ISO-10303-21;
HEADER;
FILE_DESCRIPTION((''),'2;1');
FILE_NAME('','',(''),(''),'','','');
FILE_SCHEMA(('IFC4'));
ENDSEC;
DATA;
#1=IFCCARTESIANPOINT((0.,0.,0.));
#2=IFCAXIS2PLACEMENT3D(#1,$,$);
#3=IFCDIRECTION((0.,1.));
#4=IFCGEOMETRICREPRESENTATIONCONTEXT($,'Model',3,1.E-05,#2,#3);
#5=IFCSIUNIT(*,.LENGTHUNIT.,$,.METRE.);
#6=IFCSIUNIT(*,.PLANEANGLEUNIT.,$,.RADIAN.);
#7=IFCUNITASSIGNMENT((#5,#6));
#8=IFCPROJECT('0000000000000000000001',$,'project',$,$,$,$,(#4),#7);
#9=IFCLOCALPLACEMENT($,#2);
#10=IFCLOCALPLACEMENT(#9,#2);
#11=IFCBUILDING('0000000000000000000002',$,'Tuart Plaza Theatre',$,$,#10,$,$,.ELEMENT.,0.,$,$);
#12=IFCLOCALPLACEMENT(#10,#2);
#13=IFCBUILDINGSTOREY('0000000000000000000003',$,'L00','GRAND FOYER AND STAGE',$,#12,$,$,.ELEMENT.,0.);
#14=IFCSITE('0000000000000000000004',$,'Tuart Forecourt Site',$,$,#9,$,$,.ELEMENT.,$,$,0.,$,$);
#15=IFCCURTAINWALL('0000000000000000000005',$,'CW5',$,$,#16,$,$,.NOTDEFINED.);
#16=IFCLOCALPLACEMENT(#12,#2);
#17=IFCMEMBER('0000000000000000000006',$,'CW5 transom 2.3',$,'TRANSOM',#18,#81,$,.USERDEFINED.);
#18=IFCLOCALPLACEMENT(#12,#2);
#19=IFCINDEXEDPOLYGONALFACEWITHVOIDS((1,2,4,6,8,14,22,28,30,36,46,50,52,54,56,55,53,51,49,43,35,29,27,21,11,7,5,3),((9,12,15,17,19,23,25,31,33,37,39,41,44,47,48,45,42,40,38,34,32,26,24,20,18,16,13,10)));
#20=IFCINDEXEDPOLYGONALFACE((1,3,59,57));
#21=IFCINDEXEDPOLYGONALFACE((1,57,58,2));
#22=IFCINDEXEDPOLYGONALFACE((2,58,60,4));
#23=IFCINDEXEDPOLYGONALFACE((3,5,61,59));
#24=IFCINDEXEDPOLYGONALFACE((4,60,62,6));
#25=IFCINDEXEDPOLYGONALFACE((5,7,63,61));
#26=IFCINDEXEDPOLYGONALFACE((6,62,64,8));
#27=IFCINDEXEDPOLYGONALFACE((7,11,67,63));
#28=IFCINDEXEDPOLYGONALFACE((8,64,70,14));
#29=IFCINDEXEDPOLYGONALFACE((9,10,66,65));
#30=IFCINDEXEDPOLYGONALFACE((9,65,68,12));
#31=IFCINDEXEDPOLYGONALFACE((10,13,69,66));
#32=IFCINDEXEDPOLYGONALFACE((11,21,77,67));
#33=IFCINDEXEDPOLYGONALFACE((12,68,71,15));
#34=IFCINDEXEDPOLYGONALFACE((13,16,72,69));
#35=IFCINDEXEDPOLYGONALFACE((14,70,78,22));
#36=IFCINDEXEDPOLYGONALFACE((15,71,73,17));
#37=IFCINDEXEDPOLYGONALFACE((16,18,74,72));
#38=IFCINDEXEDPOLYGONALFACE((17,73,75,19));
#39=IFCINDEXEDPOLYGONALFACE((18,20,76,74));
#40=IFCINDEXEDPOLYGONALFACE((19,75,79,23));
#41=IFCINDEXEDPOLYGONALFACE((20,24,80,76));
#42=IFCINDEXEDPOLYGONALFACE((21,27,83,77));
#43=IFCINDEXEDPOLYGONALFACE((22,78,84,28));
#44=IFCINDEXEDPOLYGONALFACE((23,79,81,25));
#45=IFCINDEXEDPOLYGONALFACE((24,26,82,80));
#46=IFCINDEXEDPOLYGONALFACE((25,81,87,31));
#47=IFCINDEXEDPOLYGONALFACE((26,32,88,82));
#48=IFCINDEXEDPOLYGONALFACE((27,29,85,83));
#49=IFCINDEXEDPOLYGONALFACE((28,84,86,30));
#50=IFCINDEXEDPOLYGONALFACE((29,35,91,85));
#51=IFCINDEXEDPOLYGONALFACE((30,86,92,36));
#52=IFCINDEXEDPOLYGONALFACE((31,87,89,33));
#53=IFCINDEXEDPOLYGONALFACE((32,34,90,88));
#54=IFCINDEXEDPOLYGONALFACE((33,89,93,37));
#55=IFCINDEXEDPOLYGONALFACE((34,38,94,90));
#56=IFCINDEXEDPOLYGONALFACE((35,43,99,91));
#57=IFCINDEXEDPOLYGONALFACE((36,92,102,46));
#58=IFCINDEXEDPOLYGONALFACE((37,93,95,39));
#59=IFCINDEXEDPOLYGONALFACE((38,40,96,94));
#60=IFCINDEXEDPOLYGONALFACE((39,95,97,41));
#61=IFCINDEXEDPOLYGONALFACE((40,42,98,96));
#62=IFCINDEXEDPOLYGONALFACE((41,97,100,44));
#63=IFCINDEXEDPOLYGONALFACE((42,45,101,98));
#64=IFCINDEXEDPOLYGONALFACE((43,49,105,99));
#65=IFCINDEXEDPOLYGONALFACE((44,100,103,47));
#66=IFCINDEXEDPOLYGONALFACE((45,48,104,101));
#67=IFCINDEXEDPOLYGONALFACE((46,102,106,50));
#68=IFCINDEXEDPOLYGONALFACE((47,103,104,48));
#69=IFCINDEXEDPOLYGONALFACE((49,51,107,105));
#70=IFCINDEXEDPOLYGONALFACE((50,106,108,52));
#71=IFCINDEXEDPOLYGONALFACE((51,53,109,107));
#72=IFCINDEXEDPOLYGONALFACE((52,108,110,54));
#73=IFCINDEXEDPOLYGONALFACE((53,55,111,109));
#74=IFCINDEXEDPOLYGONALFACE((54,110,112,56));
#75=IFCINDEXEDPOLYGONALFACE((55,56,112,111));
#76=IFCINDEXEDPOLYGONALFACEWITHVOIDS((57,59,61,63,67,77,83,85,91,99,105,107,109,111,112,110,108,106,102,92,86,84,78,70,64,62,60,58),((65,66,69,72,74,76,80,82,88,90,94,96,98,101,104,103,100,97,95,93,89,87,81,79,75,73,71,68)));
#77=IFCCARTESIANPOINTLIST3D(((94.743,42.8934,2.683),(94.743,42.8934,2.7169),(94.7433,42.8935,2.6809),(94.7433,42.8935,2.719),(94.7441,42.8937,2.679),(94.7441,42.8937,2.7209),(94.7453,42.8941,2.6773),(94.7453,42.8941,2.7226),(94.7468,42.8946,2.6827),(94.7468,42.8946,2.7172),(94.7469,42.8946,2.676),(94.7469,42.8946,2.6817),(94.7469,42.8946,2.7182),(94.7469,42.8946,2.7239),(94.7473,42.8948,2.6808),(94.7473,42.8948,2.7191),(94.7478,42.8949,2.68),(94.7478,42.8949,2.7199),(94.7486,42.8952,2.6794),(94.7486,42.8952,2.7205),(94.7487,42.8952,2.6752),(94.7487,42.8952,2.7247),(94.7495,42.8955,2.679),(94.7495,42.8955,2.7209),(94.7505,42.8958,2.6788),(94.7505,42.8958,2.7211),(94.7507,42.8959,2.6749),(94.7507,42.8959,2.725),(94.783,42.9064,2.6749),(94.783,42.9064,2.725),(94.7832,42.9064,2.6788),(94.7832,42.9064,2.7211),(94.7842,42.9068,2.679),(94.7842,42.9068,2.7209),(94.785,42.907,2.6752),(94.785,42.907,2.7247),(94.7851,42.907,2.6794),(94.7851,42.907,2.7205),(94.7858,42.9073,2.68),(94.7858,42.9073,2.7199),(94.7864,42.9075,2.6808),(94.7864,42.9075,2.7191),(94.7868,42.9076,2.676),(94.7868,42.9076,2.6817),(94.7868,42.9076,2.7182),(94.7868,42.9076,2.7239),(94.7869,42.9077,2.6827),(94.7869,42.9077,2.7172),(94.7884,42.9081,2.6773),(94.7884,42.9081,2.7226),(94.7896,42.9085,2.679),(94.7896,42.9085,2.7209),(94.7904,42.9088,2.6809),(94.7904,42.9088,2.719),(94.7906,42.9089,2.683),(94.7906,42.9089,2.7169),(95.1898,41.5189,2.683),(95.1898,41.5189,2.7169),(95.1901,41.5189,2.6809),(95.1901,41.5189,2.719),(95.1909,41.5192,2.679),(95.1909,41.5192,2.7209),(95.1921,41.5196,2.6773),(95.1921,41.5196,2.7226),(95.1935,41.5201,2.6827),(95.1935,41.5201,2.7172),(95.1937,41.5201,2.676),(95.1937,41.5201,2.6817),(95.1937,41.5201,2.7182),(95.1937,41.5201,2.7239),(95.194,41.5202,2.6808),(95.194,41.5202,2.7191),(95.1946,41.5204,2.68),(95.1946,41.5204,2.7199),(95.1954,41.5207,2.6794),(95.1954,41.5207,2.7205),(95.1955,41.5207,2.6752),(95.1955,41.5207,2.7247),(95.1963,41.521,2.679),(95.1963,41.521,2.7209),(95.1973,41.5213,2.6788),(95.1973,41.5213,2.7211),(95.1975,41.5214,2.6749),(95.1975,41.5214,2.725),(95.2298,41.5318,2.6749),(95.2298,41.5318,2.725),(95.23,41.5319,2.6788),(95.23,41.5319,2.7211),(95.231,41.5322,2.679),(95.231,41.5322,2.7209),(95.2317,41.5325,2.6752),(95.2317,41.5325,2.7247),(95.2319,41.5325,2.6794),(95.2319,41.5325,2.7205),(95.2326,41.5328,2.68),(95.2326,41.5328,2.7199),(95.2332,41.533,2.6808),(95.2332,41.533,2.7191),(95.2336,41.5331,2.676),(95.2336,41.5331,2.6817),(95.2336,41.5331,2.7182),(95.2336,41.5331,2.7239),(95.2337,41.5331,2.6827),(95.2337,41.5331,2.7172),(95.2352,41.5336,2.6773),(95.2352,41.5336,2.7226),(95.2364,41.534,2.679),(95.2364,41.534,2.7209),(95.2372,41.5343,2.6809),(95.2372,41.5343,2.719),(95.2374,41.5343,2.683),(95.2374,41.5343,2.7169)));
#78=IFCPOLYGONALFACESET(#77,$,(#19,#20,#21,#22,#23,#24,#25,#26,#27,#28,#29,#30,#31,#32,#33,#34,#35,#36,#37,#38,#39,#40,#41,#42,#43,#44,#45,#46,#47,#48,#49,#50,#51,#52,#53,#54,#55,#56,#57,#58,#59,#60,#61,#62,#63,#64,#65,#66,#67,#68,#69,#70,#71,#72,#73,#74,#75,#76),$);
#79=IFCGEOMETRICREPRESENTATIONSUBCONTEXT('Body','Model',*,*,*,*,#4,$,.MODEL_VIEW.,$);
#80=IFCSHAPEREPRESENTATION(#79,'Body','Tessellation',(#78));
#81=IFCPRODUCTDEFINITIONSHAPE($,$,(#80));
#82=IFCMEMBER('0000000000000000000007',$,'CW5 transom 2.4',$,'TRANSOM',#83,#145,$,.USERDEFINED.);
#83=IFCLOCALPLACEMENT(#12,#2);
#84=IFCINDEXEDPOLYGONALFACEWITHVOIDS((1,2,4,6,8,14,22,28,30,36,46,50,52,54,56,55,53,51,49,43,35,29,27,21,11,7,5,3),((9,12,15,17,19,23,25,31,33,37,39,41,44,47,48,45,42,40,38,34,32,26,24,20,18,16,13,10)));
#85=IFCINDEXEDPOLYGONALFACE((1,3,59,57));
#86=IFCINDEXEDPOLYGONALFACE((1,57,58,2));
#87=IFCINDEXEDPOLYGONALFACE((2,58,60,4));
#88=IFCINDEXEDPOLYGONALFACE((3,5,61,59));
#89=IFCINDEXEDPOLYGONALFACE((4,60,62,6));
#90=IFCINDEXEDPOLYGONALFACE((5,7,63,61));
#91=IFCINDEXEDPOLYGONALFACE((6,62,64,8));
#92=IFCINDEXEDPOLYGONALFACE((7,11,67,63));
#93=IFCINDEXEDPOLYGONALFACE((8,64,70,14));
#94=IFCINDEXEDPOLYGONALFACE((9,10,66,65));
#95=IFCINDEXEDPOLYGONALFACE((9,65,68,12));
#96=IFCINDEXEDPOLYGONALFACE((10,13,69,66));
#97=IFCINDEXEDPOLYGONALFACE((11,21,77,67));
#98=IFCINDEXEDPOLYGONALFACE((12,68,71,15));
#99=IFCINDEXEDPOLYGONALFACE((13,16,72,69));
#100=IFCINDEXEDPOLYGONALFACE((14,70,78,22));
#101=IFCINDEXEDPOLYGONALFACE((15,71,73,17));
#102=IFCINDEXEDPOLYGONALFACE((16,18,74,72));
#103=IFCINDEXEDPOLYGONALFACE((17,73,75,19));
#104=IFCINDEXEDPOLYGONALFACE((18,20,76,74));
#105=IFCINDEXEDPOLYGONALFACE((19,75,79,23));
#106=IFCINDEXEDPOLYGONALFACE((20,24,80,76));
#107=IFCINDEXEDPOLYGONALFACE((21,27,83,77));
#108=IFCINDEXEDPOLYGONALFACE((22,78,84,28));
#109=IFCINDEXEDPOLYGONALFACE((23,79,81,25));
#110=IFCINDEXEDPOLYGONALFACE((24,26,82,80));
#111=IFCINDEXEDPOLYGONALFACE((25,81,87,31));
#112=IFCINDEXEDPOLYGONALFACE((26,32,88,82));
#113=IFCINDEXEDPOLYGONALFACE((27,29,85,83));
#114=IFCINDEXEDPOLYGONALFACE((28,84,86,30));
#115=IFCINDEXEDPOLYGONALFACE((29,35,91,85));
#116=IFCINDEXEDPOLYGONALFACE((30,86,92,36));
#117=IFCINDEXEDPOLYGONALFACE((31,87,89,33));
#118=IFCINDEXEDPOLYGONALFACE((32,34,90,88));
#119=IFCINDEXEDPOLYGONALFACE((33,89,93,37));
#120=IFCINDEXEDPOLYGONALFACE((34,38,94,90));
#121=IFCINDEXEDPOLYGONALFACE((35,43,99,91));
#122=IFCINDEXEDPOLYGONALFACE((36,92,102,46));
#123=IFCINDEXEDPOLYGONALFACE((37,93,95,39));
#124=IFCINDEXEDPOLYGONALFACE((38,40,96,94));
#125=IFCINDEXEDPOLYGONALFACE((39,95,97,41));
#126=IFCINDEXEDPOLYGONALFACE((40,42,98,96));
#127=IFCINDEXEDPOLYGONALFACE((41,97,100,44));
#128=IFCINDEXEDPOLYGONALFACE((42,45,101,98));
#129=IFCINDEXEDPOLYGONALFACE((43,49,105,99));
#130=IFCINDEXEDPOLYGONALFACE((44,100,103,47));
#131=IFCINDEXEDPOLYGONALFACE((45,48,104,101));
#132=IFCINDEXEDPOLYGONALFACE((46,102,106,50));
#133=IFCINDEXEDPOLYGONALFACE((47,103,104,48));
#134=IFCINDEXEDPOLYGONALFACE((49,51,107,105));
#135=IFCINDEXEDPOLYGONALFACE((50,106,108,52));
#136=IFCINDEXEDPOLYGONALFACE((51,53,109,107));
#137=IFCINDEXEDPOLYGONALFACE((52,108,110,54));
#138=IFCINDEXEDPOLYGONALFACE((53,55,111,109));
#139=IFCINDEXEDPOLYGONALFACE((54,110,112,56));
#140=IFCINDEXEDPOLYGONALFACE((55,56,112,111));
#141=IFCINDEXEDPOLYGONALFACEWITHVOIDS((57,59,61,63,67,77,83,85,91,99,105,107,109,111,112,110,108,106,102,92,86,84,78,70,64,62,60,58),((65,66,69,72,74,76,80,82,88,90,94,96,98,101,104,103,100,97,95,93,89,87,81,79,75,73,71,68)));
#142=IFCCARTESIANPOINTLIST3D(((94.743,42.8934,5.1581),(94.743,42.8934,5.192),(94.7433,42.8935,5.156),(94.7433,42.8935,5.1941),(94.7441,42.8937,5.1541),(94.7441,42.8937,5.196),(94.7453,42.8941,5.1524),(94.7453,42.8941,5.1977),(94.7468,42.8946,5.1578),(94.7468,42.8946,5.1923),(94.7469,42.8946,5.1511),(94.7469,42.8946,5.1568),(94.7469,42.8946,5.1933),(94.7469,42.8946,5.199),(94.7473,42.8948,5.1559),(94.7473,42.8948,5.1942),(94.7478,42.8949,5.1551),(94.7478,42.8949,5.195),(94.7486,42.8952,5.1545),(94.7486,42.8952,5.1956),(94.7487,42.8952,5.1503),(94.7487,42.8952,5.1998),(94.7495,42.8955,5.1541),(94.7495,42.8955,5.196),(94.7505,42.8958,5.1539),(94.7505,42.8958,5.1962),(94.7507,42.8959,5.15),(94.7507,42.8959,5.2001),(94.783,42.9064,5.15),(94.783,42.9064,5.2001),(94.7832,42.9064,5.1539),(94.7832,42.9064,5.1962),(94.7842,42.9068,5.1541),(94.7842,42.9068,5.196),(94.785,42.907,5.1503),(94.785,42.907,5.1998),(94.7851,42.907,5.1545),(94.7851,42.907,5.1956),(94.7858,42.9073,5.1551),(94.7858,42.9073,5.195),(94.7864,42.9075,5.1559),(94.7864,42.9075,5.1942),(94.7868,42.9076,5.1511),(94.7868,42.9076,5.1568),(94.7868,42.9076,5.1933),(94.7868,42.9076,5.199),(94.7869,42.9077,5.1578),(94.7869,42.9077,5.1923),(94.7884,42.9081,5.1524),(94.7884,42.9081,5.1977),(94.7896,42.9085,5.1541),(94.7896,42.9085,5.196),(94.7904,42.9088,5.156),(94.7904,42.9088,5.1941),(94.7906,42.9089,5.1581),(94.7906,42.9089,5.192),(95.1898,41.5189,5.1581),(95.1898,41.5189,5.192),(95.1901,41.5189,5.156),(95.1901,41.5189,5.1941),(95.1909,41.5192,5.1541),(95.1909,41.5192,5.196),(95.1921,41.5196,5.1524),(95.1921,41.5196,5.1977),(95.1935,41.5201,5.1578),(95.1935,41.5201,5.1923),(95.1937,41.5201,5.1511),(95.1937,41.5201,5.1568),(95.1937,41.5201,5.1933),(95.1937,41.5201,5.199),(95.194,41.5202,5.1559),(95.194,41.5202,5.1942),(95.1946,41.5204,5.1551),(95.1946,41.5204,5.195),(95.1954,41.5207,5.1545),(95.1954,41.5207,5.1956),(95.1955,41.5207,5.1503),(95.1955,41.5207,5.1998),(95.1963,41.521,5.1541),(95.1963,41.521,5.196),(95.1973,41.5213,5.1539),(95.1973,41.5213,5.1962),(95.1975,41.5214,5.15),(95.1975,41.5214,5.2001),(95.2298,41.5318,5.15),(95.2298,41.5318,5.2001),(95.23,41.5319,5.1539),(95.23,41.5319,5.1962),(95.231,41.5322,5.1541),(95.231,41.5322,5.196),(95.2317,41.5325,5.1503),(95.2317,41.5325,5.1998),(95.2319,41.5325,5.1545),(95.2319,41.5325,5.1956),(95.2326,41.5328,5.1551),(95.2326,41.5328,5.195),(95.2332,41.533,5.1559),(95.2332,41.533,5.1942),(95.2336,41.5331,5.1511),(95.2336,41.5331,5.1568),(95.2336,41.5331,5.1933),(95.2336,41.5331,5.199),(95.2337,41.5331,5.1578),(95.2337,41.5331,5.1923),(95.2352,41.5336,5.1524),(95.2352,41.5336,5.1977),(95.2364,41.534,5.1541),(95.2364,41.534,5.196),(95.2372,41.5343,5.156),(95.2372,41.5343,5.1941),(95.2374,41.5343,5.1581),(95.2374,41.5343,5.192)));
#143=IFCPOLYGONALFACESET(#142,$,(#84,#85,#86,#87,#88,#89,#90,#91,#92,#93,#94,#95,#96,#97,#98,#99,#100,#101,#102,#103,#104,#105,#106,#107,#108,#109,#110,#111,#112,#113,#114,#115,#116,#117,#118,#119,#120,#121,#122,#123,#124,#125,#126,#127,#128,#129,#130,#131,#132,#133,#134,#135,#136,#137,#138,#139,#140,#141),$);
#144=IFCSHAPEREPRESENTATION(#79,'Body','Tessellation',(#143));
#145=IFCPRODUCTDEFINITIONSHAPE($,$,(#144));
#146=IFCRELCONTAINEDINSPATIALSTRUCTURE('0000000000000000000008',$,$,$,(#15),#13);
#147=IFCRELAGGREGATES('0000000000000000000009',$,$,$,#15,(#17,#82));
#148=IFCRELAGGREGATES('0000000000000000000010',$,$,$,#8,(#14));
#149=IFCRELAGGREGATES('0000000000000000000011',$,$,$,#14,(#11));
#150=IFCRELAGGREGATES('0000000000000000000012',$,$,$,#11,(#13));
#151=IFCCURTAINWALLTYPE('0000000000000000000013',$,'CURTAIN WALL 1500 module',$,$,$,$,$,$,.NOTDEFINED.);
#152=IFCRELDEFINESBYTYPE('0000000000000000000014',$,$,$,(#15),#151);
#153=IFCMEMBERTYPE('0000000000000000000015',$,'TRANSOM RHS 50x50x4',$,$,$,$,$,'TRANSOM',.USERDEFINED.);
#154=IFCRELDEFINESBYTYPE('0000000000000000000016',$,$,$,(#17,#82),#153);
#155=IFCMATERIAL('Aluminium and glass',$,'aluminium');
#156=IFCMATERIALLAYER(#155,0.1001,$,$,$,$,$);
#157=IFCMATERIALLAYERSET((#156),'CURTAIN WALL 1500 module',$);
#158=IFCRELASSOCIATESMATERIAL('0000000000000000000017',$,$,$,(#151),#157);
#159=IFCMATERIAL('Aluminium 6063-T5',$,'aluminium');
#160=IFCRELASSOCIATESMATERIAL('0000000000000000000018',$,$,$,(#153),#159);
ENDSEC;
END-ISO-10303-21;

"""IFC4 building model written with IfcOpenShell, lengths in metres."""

from ifc_helpers import new_model, si_unit, direction, frame, origin, origin_2d, place, context, subcontext, project, spatial, hollow_rectangle, extrude, material, layer, layer_set, material_profile, profile_set, type_object, element, aggregate, save


model = new_model("IFC4")

# Units and contexts
model_context = context("Model", 3, precision=1e-05, world=origin(), true_north=direction((0.0, 1.0)))
body_context = subcontext(model_context, "Body", "Model", "MODEL_VIEW")
ifc_project = project(units=[si_unit("LENGTHUNIT", "METRE"), si_unit("PLANEANGLEUNIT", "RADIAN")], contexts=[model_context])

# Site, building, storey
site_placement = place(None, origin())
site = spatial("IfcSite", under=ifc_project, at=site_placement, Name="Tuart Forecourt Site", CompositionType="ELEMENT", RefElevation=0.0)
building_placement = place(site_placement, origin())
building = spatial("IfcBuilding", under=site, at=building_placement, Name="Tuart Plaza Theatre", CompositionType="ELEMENT", ElevationOfRefHeight=0.0)
storey_placement = place(building_placement, origin())
storey = spatial("IfcBuildingStorey", under=building, at=storey_placement, Name="L00", Description="GRAND FOYER AND STAGE", CompositionType="ELEMENT", Elevation=0.0)

# Curtain wall
ifc_material_1 = material(Name="Aluminium and glass", Category="aluminium")
ifc_layer_1 = layer(ifc_material_1, 0.1001)
ifc_layer_set_1 = layer_set([ifc_layer_1], Name="CURTAIN WALL 1500 module")
curtain_wall_type = type_object("IfcCurtainWallType", Name="CURTAIN WALL 1500 module", PredefinedType="NOTDEFINED", material=ifc_layer_set_1)
curtain_wall_1_placement = place(storey_placement, origin())
curtain_wall_1 = element("IfcCurtainWall", 1, at=curtain_wall_1_placement, inside=storey, type_object=curtain_wall_type, Name="CW5", PredefinedType="NOTDEFINED")

# Members
ifc_material_2 = material(Name="Aluminium 6063-T5", Category="aluminium")
ifc_material_profile_1 = material_profile(ifc_material_2, hollow_rectangle(XDim=0.05, YDim=0.05, WallThickness=0.0039, InnerFilletRadius=0.0039, OuterFilletRadius=0.0081, at=origin_2d()), Name="RHS 50x50x4")
ifc_profile_set_1 = profile_set([ifc_material_profile_1], Name="Aluminium 6063-T5")
member_type_1 = type_object("IfcMemberType", Name="TRANSOM RHS 50x50x4", ElementType="TRANSOM", PredefinedType="USERDEFINED", material=ifc_profile_set_1)
member_1_placement = place(storey_placement, frame((94.7668, 42.9011, 2.7), z_axis=(0.309124, -0.951022, 0.0), x_axis=(0.951022, 0.309124, 0.0)))
member_1 = element("IfcMember", 2, at=member_1_placement, type_object=member_type_1, Name="CW5 transom 2.3", ObjectType="TRANSOM", PredefinedType="USERDEFINED", context=body_context, shape_type="SweptSolid", body=[
    extrude(hollow_rectangle(XDim=0.05, YDim=0.05, WallThickness=0.0039, InnerFilletRadius=0.0039, OuterFilletRadius=0.0081, at=origin_2d()), origin(), (0.0, 0.0, 1.0), 1.4453),
])
member_2_placement = place(storey_placement, frame((94.7668, 42.9011, 5.175), z_axis=(0.309124, -0.951022, 0.0), x_axis=(0.951022, 0.309124, 0.0)))
member_2 = element("IfcMember", 3, at=member_2_placement, type_object=member_type_1, Name="CW5 transom 2.4", ObjectType="TRANSOM", PredefinedType="USERDEFINED", context=body_context, shape_type="SweptSolid", body=[
    extrude(hollow_rectangle(XDim=0.05, YDim=0.05, WallThickness=0.0039, InnerFilletRadius=0.0039, OuterFilletRadius=0.0081, at=origin_2d()), origin(), (0.0, 0.0, 1.0), 1.4453),
])
aggregate(curtain_wall_1, [member_1, member_2])

save(model, "model.ifc")
